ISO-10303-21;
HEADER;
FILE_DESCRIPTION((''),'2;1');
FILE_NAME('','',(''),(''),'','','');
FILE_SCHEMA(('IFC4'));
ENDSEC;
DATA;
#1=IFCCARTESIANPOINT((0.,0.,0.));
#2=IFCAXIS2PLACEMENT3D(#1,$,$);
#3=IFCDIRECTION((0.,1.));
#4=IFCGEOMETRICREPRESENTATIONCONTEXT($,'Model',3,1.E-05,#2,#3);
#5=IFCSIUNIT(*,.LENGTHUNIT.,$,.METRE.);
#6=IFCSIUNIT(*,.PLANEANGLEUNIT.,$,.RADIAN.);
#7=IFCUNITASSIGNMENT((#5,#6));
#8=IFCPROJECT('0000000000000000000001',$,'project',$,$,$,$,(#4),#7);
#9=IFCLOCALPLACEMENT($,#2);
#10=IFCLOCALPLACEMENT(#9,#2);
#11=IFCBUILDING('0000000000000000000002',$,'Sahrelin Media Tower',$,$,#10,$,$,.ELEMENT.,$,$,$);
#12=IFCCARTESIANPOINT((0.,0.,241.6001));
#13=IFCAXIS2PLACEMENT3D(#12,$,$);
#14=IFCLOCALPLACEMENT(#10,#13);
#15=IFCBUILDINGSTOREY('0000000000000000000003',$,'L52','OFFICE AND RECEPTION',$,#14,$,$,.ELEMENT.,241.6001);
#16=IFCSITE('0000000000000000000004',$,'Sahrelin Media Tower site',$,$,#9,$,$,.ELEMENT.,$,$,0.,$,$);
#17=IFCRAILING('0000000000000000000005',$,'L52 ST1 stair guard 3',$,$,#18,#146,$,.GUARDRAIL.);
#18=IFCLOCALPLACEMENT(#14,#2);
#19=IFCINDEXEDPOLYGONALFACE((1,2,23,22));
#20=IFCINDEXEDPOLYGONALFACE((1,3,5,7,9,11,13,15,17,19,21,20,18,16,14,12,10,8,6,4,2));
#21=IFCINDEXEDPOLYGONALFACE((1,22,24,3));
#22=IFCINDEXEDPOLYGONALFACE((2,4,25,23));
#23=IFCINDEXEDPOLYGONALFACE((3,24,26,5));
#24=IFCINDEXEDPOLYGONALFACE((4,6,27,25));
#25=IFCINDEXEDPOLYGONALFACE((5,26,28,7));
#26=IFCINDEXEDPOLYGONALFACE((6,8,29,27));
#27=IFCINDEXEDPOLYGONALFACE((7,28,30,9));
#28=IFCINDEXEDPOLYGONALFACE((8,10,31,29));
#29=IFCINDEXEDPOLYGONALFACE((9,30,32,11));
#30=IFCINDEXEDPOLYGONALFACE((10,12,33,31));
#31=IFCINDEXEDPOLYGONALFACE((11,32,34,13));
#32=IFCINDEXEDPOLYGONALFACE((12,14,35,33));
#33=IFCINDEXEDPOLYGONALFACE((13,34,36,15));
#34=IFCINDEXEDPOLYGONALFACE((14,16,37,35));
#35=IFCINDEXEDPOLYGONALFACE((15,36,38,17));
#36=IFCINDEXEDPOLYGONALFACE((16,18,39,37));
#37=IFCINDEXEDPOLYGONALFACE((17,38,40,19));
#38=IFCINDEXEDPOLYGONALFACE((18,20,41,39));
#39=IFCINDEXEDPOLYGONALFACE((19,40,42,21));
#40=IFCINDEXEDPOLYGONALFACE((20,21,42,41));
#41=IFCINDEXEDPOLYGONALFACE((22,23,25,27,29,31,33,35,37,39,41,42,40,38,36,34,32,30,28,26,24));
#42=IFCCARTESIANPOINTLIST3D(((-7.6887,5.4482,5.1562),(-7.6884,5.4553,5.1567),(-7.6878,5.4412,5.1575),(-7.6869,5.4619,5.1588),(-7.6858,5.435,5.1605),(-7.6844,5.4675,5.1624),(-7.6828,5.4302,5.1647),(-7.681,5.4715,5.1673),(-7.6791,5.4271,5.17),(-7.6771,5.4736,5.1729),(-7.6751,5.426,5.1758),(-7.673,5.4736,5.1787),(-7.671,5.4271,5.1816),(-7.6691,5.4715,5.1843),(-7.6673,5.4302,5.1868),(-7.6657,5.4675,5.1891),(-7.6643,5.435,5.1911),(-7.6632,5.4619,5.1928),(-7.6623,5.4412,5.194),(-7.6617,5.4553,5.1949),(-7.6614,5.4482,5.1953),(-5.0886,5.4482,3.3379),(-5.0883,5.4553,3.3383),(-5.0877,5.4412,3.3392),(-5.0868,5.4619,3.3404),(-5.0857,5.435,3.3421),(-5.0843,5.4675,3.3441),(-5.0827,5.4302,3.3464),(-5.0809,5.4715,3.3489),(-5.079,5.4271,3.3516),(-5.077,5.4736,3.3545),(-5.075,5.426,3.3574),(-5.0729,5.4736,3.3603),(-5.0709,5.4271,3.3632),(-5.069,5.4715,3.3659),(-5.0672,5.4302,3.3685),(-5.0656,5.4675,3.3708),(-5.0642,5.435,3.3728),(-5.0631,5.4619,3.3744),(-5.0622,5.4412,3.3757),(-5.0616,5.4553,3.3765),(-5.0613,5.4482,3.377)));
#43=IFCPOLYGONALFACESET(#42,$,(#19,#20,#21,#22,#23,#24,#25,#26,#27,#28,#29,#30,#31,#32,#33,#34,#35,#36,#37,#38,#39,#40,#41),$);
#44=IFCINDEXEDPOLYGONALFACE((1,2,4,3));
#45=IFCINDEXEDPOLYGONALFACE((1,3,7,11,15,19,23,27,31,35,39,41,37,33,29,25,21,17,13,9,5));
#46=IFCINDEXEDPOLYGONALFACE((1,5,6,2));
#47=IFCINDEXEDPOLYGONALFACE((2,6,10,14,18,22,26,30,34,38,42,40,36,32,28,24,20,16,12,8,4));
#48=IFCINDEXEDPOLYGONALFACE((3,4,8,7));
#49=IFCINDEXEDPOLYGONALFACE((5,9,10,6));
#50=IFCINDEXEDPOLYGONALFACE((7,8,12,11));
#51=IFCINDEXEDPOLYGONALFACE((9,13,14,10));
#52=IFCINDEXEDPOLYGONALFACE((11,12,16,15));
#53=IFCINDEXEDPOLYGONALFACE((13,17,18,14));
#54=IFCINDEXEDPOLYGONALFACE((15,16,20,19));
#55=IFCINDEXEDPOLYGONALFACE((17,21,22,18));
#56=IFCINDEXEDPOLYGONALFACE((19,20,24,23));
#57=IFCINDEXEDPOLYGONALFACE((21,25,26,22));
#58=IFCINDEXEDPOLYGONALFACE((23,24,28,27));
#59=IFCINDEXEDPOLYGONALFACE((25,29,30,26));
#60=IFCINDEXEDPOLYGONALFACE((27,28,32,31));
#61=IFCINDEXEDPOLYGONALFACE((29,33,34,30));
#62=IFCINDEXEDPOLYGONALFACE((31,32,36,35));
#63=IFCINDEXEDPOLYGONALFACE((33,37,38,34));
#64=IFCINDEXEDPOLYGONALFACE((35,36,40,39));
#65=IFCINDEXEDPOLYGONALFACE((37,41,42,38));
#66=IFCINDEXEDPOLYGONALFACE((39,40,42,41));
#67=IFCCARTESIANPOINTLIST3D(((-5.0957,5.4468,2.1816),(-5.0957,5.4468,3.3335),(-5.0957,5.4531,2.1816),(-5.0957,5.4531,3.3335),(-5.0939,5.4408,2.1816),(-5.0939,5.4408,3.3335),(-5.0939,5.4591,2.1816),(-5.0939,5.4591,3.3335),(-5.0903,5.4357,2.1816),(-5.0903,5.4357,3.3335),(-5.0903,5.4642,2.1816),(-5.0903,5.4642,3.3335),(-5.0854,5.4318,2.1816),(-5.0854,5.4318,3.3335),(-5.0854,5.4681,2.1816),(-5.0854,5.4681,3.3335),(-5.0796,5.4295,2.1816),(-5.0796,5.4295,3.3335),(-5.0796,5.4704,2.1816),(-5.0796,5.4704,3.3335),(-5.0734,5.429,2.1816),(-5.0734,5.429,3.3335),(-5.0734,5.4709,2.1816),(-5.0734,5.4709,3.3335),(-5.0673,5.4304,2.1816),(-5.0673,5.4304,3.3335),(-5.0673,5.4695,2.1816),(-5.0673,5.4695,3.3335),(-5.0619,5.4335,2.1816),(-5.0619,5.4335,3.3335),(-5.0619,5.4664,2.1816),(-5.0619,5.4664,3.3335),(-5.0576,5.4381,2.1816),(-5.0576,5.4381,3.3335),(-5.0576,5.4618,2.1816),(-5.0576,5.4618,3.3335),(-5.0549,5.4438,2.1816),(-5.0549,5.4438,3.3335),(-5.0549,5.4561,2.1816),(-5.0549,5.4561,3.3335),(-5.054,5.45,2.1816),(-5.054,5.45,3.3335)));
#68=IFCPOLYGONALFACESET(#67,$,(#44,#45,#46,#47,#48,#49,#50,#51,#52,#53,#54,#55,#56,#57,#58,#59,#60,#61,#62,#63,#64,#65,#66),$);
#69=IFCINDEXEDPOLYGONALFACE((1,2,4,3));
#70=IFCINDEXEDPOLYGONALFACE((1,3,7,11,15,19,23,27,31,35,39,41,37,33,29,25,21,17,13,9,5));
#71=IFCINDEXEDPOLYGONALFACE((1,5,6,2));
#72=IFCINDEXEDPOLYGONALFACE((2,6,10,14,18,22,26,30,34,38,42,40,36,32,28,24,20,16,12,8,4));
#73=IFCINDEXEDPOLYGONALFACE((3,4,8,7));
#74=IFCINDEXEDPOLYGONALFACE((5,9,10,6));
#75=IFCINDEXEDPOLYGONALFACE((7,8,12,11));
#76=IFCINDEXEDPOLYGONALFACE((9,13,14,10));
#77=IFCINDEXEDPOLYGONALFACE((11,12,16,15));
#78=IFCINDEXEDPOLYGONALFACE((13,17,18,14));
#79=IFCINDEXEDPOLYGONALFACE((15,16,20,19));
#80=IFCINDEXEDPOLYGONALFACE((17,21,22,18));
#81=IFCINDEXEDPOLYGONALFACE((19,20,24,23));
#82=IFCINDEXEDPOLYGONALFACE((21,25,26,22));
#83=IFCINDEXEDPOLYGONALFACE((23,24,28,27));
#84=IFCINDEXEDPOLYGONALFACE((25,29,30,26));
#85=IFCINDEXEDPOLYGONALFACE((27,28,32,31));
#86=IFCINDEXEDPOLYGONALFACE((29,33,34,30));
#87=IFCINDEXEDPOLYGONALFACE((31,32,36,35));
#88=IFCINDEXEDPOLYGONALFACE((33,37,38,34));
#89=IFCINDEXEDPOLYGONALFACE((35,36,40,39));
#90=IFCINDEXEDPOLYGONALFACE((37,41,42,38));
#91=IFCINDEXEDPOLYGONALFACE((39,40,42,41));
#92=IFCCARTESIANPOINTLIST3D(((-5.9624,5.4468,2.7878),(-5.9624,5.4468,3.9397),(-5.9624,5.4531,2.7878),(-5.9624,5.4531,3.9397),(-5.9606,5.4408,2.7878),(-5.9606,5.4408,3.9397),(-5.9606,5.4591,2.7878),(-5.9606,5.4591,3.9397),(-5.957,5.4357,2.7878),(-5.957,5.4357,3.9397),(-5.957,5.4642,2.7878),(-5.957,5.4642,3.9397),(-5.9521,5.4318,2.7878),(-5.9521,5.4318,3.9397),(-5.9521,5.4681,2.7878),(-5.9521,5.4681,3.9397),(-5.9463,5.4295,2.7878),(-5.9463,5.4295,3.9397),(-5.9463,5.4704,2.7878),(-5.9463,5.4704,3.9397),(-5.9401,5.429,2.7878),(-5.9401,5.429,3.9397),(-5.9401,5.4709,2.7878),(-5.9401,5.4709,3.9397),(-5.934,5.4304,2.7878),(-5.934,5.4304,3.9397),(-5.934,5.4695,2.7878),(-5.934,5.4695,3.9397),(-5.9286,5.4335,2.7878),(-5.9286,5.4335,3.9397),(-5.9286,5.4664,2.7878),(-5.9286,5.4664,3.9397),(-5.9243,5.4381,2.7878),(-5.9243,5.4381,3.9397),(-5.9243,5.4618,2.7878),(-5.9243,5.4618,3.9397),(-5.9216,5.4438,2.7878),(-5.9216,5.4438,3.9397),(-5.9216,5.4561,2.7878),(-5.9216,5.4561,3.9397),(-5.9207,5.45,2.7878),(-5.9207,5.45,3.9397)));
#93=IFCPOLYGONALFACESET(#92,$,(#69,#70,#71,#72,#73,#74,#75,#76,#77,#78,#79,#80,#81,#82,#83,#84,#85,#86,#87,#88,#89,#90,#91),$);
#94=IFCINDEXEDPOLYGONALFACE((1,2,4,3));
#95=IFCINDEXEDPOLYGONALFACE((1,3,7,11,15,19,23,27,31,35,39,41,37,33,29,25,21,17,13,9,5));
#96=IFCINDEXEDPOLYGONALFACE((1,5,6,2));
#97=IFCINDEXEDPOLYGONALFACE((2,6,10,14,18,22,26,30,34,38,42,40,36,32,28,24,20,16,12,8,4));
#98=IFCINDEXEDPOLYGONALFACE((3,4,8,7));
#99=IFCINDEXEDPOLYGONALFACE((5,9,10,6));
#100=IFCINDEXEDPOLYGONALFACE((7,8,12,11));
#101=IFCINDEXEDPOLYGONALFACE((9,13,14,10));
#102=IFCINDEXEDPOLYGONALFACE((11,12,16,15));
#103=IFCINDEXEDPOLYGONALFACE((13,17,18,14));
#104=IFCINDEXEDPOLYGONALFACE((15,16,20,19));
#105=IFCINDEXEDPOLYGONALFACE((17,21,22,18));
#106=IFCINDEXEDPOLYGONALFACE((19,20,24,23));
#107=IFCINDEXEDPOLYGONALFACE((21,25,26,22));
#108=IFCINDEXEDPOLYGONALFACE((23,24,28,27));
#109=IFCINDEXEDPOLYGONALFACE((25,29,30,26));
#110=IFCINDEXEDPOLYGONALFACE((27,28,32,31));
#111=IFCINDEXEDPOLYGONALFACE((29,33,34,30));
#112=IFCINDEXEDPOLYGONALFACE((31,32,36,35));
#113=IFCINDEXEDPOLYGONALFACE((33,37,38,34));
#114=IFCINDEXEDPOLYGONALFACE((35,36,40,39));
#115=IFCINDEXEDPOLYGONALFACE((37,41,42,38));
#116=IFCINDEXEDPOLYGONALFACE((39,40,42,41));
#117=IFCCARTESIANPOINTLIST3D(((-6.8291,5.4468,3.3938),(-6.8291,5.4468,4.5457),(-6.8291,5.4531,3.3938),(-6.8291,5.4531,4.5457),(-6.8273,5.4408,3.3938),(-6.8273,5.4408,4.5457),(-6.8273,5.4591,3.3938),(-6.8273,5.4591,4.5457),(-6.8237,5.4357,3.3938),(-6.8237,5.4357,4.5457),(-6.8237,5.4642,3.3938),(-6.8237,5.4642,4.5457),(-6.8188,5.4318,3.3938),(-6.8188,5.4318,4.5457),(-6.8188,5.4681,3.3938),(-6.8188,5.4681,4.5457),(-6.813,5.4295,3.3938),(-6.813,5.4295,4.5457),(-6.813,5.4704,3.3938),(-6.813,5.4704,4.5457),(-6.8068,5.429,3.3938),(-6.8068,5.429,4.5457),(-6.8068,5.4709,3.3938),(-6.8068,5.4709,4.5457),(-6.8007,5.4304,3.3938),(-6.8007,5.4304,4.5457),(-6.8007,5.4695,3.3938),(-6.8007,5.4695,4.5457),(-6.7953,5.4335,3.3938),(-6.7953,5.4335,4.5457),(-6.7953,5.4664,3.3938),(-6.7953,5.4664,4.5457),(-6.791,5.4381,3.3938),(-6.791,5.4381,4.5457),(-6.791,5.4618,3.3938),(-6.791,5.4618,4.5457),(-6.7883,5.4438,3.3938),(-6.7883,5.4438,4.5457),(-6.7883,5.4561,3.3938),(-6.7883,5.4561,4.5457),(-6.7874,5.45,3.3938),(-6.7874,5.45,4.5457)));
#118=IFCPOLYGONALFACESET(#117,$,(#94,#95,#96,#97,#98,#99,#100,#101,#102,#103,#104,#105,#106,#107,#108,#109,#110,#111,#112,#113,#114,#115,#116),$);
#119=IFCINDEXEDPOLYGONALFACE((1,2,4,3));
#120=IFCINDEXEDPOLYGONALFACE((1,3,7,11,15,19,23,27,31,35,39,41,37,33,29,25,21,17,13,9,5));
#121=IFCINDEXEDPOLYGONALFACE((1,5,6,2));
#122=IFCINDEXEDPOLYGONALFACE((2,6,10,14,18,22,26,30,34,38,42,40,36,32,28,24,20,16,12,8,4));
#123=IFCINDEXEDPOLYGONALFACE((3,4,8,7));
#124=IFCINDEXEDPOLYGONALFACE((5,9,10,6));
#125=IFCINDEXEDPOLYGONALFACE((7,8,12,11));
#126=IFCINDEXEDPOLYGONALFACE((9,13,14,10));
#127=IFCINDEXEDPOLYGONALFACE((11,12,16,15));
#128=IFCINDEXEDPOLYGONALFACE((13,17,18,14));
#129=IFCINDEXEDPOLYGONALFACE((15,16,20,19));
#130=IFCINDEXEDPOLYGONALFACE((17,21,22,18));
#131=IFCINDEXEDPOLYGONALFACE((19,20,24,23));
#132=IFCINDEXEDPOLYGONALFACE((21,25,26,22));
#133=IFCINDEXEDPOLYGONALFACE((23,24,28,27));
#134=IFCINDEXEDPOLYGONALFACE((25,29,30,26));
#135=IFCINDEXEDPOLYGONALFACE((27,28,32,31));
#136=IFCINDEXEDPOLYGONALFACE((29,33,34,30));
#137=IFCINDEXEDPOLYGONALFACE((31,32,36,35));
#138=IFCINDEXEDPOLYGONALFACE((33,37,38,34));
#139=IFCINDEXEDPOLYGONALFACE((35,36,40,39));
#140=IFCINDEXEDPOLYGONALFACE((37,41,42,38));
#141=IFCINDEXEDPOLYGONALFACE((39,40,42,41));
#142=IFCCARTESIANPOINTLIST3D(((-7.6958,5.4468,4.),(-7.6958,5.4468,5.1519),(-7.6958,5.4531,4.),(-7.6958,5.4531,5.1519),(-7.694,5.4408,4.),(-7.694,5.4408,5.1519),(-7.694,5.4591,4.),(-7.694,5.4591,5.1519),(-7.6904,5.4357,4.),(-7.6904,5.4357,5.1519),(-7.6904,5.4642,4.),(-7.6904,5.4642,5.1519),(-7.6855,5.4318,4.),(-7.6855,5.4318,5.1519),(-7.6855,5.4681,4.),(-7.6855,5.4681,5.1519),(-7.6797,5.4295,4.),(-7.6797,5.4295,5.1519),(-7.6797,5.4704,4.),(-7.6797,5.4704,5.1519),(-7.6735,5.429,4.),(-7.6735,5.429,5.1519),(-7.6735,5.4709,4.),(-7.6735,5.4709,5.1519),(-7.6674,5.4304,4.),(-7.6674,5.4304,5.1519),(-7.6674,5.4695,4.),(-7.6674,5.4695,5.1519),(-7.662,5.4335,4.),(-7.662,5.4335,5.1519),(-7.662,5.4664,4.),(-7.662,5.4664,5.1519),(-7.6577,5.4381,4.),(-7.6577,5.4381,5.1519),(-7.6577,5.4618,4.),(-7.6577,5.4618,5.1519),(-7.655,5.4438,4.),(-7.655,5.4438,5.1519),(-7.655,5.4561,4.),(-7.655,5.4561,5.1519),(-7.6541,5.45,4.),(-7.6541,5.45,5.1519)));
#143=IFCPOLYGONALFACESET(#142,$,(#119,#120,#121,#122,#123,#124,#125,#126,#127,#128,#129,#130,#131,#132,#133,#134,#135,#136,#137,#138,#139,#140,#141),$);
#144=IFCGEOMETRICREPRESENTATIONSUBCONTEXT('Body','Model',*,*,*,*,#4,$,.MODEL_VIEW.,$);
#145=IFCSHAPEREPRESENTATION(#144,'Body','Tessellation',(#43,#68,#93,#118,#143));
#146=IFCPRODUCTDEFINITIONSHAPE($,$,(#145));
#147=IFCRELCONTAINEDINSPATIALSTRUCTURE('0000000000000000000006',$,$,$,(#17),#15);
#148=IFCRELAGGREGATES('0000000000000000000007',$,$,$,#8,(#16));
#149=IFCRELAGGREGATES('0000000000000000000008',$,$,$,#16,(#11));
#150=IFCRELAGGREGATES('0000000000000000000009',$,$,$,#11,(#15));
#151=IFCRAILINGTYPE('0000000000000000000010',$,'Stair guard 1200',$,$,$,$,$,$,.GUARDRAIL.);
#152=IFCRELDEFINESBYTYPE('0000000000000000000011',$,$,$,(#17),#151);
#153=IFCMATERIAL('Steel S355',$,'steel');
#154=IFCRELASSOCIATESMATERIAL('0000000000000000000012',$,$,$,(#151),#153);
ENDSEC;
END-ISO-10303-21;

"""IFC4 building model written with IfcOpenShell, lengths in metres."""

from ifc_helpers import new_model, si_unit, direction, frame, origin, origin_2d, place, context, subcontext, project, spatial, circle, extrude, material, type_object, element, save


model = new_model("IFC4")

# Units and contexts
model_context = context("Model", 3, precision=1e-05, world=origin(), true_north=direction((0.0, 1.0)))
body_context = subcontext(model_context, "Body", "Model", "MODEL_VIEW")
ifc_project = project(units=[si_unit("LENGTHUNIT", "METRE"), si_unit("PLANEANGLEUNIT", "RADIAN")], contexts=[model_context])

# Site, building, storey
site_placement = place(None, origin())
site = spatial("IfcSite", under=ifc_project, at=site_placement, Name="Sahrelin Media Tower site", CompositionType="ELEMENT", RefElevation=0.0)
building_placement = place(site_placement, origin())
building = spatial("IfcBuilding", under=site, at=building_placement, Name="Sahrelin Media Tower", CompositionType="ELEMENT")
storey_placement = place(building_placement, frame((0.0, 0.0, 241.6001)))
storey = spatial("IfcBuildingStorey", under=building, at=storey_placement, Name="L52", Description="OFFICE AND RECEPTION", CompositionType="ELEMENT", Elevation=241.6001)

# Shared definitions
ifc_material_1 = material(Name="Steel S355", Category="steel")

# Railing
railing_type_1 = type_object("IfcRailingType", Name="Stair guard 1200", PredefinedType="GUARDRAIL", material=ifc_material_1)
railing_1_placement = place(storey_placement, frame((-5.075, 5.45, 2.1816)))
element("IfcRailing", 1, at=railing_1_placement, inside=storey, type_object=railing_type_1, Name="L52 ST1 stair guard 3", PredefinedType="GUARDRAIL", context=body_context, shape_type="SweptSolid", body=[
    extrude(circle(Radius=0.0239, at=origin_2d()), frame((0.0, 0.0, 1.1758), z_axis=(-0.819485, 0.0, 0.573101), x_axis=(0.0, -1.0, 0.0)), (0.0, 0.0, 1.0), 3.1729),
    extrude(circle(Radius=0.021, at=origin_2d()), origin(), (0.0, 0.0, 1.0), 1.1519),
    extrude(circle(Radius=0.021, at=origin_2d()), frame((-0.8667, 0.0, 0.6062)), (0.0, 0.0, 1.0), 1.1519),
    extrude(circle(Radius=0.021, at=origin_2d()), frame((-1.7334, 0.0, 1.2122)), (0.0, 0.0, 1.0), 1.1519),
    extrude(circle(Radius=0.021, at=origin_2d()), frame((-2.6001, 0.0, 1.8184)), (0.0, 0.0, 1.0), 1.1519),
])

save(model, "model.ifc")
